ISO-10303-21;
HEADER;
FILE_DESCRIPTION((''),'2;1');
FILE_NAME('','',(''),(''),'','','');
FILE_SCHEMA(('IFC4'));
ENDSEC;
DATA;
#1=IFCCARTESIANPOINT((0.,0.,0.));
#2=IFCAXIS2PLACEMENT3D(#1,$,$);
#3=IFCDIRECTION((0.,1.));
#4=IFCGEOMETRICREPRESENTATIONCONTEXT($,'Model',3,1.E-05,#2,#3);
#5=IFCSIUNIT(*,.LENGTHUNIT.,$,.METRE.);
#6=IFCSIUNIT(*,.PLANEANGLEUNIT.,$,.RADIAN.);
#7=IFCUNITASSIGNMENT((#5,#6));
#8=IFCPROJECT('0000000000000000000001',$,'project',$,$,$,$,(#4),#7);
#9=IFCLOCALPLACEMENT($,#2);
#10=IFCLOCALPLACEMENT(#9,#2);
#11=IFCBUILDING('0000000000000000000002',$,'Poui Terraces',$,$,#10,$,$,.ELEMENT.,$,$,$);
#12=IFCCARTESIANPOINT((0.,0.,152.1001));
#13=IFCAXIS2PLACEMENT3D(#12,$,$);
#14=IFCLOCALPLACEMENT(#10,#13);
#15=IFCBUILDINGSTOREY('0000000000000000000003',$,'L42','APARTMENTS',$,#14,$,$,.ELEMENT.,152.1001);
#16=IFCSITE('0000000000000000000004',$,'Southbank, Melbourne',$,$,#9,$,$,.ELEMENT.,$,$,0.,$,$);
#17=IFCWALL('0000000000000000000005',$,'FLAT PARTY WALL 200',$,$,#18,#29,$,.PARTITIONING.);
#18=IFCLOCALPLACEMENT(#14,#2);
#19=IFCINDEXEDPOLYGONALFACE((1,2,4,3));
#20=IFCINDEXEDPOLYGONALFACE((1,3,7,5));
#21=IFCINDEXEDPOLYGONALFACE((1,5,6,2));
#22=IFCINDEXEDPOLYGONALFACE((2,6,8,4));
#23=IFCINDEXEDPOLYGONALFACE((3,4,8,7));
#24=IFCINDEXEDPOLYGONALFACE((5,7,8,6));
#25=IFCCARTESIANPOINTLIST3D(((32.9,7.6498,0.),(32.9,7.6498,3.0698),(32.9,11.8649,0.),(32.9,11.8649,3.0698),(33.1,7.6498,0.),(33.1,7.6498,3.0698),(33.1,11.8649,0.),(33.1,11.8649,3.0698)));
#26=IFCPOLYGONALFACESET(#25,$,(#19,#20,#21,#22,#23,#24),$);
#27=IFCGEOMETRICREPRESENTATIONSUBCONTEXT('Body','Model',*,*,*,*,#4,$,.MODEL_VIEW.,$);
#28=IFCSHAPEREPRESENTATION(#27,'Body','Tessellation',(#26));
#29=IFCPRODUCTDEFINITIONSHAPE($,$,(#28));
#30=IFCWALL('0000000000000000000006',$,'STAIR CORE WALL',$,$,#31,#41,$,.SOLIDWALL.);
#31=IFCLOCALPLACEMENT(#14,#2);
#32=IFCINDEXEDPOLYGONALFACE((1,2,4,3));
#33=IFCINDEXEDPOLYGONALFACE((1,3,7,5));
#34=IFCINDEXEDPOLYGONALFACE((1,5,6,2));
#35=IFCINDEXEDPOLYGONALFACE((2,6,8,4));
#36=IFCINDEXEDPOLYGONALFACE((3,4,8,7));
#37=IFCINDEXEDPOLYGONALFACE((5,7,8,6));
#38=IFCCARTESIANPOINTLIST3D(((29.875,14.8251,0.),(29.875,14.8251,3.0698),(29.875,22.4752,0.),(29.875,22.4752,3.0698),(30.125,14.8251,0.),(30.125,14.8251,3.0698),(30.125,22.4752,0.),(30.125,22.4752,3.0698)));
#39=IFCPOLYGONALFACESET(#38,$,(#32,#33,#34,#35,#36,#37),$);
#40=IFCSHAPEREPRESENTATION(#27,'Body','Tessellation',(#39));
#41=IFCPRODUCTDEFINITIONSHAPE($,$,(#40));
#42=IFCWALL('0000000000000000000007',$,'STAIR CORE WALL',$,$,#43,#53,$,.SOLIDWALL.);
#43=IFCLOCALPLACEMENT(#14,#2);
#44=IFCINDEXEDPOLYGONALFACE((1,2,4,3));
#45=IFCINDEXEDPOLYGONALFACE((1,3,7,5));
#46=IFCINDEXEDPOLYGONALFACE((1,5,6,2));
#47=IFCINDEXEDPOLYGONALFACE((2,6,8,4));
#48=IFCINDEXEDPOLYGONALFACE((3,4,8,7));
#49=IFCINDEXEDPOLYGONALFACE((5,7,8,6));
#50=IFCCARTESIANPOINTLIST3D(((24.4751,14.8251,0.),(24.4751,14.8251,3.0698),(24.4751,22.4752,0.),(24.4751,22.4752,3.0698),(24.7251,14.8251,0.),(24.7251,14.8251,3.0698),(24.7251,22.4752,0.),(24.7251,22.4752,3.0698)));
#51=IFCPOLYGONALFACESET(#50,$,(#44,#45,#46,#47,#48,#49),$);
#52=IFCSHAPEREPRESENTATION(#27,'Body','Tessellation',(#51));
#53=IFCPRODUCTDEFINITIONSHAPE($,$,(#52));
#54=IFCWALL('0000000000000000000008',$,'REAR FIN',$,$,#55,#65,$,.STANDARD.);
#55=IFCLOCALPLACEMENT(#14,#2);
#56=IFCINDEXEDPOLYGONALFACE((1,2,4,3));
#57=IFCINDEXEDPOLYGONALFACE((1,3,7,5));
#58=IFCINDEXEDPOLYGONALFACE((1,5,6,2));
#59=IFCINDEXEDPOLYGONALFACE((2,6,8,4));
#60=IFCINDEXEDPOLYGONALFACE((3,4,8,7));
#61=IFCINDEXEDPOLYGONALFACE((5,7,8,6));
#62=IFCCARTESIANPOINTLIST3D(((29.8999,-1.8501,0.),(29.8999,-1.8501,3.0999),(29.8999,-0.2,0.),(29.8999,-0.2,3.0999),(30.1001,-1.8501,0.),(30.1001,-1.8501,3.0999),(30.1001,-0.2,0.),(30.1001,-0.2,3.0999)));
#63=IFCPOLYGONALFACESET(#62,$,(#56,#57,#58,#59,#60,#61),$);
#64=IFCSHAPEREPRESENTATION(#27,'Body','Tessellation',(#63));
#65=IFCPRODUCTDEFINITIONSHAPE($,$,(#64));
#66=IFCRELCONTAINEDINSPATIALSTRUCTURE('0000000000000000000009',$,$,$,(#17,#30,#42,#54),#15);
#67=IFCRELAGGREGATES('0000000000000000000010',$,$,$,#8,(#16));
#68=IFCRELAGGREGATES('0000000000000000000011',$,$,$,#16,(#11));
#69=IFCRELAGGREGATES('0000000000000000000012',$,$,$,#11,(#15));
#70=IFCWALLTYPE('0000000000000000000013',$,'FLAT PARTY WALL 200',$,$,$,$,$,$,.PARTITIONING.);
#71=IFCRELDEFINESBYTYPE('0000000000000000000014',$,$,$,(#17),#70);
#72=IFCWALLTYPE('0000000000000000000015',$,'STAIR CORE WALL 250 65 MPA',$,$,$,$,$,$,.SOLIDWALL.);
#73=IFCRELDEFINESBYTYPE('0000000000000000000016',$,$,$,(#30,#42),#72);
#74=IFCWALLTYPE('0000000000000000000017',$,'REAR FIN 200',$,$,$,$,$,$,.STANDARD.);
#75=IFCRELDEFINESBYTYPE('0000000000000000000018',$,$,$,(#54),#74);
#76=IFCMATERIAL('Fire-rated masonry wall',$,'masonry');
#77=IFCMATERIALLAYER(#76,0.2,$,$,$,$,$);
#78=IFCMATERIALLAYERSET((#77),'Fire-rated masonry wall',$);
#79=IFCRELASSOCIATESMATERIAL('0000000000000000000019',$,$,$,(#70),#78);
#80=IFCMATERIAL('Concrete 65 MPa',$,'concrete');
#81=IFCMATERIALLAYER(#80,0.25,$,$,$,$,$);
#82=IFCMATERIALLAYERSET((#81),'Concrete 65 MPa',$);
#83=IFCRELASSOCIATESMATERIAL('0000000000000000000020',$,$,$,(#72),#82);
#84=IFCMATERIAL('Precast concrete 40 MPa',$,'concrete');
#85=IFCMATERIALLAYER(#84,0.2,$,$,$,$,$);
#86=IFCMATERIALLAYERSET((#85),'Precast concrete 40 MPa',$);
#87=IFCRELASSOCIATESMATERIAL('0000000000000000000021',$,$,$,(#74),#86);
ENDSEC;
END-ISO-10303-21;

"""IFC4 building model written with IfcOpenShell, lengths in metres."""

from ifc_helpers import new_model, si_unit, direction, frame, frame_2d, origin, place, context, subcontext, project, spatial, polyline, rectangle, outline, extrude, source, transform, mapped, material, layer, layer_set, type_object, element, save


model = new_model("IFC4")

# Units and contexts
model_context = context("Model", 3, precision=1e-05, world=origin(), true_north=direction((0.0, 1.0)))
body_context = subcontext(model_context, "Body", "Model", "MODEL_VIEW")
ifc_project = project(units=[si_unit("LENGTHUNIT", "METRE"), si_unit("PLANEANGLEUNIT", "RADIAN")], contexts=[model_context])

# Site, building, storey
site_placement = place(None, origin())
site = spatial("IfcSite", under=ifc_project, at=site_placement, Name="Southbank, Melbourne", CompositionType="ELEMENT", RefElevation=0.0)
building_placement = place(site_placement, origin())
building = spatial("IfcBuilding", under=site, at=building_placement, Name="Poui Terraces", CompositionType="ELEMENT")
storey_placement = place(building_placement, frame((0.0, 0.0, 152.1001)))
storey = spatial("IfcBuildingStorey", under=building, at=storey_placement, Name="L42", Description="APARTMENTS", CompositionType="ELEMENT", Elevation=152.1001)

# Shared definitions
ifc_material_1 = material(Name="Concrete 65 MPa", Category="concrete")

# Shared definitions
ifc_material_2 = material(Name="Precast concrete 40 MPa", Category="concrete")

# Walls
ifc_material_3 = material(Name="Fire-rated masonry wall", Category="masonry")
ifc_layer_1 = layer(ifc_material_3, 0.2)
ifc_layer_set_1 = layer_set([ifc_layer_1], Name="Fire-rated masonry wall")
wall_type_1 = type_object("IfcWallType", Name="FLAT PARTY WALL 200", PredefinedType="PARTITIONING", material=ifc_layer_set_1)
wall_1_placement = place(storey_placement, frame((33.0, 7.6499, 0.0), z_axis=(0.0, 0.0, 1.0), x_axis=(0.0, 1.0, 0.0)))
element("IfcWall", 1, at=wall_1_placement, inside=storey, type_object=wall_type_1, Name="FLAT PARTY WALL 200", PredefinedType="PARTITIONING", context=body_context, shape_type="SweptSolid", body=[
    extrude(rectangle(XDim=4.2151, YDim=0.2, at=frame_2d((2.1074, 0.0))), origin(), (0.0, 0.0, 1.0), 3.0698),
])
ifc_layer_2 = layer(ifc_material_1, 0.25)
ifc_layer_set_2 = layer_set([ifc_layer_2], Name="Concrete 65 MPa")
wall_type_2 = type_object("IfcWallType", Name="STAIR CORE WALL 250 65 MPA", PredefinedType="SOLIDWALL", material=ifc_layer_set_2)
for number, where, z_axis, x_axis, name in (
    (2, (30.0, 14.825, 0.0), (0.0, 0.0, 1.0), (0.0, 1.0, 0.0), "STAIR CORE WALL"),
    (3, (24.6001, 14.825, 0.0), (0.0, 0.0, 1.0), (0.0, 1.0, 0.0), "STAIR CORE WALL"),
):
    element("IfcWall", number, at=place(storey_placement, frame(where, z_axis=z_axis, x_axis=x_axis)), inside=storey, type_object=wall_type_2, Name=name, PredefinedType="SOLIDWALL", context=body_context, shape_type="SweptSolid", body=[
        extrude(rectangle(XDim=7.6501, YDim=0.25, at=frame_2d((3.8252, 0.0))), origin(), (0.0, 0.0, 1.0), 3.0698),
    ])
ifc_layer_3 = layer(ifc_material_2, 0.2)
ifc_layer_set_3 = layer_set([ifc_layer_3], Name="Precast concrete 40 MPa")
wall_type_3 = type_object("IfcWallType", Name="REAR FIN 200", PredefinedType="STANDARD", material=ifc_layer_set_3)
shared_shape_1 = source(origin(), body_context, "Body", "SweptSolid", [
    extrude(outline(polyline([(0.0, 0.0), (0.2002, 0.0), (0.2002, 1.6501), (0.0, 1.6501), (0.0, 0.0)])), origin(), (0.0, 0.0, 1.0), 3.0999),
])
wall_2_placement = place(storey_placement, frame((29.8999, -1.8501, 0.0)))
element("IfcWall", 4, at=wall_2_placement, inside=storey, type_object=wall_type_3, Name="REAR FIN", PredefinedType="STANDARD", context=body_context, shape_type="MappedRepresentation", body=[
    mapped(shared_shape_1, transform((0.0, 0.0, 0.0))),
])

save(model, "model.ifc")
